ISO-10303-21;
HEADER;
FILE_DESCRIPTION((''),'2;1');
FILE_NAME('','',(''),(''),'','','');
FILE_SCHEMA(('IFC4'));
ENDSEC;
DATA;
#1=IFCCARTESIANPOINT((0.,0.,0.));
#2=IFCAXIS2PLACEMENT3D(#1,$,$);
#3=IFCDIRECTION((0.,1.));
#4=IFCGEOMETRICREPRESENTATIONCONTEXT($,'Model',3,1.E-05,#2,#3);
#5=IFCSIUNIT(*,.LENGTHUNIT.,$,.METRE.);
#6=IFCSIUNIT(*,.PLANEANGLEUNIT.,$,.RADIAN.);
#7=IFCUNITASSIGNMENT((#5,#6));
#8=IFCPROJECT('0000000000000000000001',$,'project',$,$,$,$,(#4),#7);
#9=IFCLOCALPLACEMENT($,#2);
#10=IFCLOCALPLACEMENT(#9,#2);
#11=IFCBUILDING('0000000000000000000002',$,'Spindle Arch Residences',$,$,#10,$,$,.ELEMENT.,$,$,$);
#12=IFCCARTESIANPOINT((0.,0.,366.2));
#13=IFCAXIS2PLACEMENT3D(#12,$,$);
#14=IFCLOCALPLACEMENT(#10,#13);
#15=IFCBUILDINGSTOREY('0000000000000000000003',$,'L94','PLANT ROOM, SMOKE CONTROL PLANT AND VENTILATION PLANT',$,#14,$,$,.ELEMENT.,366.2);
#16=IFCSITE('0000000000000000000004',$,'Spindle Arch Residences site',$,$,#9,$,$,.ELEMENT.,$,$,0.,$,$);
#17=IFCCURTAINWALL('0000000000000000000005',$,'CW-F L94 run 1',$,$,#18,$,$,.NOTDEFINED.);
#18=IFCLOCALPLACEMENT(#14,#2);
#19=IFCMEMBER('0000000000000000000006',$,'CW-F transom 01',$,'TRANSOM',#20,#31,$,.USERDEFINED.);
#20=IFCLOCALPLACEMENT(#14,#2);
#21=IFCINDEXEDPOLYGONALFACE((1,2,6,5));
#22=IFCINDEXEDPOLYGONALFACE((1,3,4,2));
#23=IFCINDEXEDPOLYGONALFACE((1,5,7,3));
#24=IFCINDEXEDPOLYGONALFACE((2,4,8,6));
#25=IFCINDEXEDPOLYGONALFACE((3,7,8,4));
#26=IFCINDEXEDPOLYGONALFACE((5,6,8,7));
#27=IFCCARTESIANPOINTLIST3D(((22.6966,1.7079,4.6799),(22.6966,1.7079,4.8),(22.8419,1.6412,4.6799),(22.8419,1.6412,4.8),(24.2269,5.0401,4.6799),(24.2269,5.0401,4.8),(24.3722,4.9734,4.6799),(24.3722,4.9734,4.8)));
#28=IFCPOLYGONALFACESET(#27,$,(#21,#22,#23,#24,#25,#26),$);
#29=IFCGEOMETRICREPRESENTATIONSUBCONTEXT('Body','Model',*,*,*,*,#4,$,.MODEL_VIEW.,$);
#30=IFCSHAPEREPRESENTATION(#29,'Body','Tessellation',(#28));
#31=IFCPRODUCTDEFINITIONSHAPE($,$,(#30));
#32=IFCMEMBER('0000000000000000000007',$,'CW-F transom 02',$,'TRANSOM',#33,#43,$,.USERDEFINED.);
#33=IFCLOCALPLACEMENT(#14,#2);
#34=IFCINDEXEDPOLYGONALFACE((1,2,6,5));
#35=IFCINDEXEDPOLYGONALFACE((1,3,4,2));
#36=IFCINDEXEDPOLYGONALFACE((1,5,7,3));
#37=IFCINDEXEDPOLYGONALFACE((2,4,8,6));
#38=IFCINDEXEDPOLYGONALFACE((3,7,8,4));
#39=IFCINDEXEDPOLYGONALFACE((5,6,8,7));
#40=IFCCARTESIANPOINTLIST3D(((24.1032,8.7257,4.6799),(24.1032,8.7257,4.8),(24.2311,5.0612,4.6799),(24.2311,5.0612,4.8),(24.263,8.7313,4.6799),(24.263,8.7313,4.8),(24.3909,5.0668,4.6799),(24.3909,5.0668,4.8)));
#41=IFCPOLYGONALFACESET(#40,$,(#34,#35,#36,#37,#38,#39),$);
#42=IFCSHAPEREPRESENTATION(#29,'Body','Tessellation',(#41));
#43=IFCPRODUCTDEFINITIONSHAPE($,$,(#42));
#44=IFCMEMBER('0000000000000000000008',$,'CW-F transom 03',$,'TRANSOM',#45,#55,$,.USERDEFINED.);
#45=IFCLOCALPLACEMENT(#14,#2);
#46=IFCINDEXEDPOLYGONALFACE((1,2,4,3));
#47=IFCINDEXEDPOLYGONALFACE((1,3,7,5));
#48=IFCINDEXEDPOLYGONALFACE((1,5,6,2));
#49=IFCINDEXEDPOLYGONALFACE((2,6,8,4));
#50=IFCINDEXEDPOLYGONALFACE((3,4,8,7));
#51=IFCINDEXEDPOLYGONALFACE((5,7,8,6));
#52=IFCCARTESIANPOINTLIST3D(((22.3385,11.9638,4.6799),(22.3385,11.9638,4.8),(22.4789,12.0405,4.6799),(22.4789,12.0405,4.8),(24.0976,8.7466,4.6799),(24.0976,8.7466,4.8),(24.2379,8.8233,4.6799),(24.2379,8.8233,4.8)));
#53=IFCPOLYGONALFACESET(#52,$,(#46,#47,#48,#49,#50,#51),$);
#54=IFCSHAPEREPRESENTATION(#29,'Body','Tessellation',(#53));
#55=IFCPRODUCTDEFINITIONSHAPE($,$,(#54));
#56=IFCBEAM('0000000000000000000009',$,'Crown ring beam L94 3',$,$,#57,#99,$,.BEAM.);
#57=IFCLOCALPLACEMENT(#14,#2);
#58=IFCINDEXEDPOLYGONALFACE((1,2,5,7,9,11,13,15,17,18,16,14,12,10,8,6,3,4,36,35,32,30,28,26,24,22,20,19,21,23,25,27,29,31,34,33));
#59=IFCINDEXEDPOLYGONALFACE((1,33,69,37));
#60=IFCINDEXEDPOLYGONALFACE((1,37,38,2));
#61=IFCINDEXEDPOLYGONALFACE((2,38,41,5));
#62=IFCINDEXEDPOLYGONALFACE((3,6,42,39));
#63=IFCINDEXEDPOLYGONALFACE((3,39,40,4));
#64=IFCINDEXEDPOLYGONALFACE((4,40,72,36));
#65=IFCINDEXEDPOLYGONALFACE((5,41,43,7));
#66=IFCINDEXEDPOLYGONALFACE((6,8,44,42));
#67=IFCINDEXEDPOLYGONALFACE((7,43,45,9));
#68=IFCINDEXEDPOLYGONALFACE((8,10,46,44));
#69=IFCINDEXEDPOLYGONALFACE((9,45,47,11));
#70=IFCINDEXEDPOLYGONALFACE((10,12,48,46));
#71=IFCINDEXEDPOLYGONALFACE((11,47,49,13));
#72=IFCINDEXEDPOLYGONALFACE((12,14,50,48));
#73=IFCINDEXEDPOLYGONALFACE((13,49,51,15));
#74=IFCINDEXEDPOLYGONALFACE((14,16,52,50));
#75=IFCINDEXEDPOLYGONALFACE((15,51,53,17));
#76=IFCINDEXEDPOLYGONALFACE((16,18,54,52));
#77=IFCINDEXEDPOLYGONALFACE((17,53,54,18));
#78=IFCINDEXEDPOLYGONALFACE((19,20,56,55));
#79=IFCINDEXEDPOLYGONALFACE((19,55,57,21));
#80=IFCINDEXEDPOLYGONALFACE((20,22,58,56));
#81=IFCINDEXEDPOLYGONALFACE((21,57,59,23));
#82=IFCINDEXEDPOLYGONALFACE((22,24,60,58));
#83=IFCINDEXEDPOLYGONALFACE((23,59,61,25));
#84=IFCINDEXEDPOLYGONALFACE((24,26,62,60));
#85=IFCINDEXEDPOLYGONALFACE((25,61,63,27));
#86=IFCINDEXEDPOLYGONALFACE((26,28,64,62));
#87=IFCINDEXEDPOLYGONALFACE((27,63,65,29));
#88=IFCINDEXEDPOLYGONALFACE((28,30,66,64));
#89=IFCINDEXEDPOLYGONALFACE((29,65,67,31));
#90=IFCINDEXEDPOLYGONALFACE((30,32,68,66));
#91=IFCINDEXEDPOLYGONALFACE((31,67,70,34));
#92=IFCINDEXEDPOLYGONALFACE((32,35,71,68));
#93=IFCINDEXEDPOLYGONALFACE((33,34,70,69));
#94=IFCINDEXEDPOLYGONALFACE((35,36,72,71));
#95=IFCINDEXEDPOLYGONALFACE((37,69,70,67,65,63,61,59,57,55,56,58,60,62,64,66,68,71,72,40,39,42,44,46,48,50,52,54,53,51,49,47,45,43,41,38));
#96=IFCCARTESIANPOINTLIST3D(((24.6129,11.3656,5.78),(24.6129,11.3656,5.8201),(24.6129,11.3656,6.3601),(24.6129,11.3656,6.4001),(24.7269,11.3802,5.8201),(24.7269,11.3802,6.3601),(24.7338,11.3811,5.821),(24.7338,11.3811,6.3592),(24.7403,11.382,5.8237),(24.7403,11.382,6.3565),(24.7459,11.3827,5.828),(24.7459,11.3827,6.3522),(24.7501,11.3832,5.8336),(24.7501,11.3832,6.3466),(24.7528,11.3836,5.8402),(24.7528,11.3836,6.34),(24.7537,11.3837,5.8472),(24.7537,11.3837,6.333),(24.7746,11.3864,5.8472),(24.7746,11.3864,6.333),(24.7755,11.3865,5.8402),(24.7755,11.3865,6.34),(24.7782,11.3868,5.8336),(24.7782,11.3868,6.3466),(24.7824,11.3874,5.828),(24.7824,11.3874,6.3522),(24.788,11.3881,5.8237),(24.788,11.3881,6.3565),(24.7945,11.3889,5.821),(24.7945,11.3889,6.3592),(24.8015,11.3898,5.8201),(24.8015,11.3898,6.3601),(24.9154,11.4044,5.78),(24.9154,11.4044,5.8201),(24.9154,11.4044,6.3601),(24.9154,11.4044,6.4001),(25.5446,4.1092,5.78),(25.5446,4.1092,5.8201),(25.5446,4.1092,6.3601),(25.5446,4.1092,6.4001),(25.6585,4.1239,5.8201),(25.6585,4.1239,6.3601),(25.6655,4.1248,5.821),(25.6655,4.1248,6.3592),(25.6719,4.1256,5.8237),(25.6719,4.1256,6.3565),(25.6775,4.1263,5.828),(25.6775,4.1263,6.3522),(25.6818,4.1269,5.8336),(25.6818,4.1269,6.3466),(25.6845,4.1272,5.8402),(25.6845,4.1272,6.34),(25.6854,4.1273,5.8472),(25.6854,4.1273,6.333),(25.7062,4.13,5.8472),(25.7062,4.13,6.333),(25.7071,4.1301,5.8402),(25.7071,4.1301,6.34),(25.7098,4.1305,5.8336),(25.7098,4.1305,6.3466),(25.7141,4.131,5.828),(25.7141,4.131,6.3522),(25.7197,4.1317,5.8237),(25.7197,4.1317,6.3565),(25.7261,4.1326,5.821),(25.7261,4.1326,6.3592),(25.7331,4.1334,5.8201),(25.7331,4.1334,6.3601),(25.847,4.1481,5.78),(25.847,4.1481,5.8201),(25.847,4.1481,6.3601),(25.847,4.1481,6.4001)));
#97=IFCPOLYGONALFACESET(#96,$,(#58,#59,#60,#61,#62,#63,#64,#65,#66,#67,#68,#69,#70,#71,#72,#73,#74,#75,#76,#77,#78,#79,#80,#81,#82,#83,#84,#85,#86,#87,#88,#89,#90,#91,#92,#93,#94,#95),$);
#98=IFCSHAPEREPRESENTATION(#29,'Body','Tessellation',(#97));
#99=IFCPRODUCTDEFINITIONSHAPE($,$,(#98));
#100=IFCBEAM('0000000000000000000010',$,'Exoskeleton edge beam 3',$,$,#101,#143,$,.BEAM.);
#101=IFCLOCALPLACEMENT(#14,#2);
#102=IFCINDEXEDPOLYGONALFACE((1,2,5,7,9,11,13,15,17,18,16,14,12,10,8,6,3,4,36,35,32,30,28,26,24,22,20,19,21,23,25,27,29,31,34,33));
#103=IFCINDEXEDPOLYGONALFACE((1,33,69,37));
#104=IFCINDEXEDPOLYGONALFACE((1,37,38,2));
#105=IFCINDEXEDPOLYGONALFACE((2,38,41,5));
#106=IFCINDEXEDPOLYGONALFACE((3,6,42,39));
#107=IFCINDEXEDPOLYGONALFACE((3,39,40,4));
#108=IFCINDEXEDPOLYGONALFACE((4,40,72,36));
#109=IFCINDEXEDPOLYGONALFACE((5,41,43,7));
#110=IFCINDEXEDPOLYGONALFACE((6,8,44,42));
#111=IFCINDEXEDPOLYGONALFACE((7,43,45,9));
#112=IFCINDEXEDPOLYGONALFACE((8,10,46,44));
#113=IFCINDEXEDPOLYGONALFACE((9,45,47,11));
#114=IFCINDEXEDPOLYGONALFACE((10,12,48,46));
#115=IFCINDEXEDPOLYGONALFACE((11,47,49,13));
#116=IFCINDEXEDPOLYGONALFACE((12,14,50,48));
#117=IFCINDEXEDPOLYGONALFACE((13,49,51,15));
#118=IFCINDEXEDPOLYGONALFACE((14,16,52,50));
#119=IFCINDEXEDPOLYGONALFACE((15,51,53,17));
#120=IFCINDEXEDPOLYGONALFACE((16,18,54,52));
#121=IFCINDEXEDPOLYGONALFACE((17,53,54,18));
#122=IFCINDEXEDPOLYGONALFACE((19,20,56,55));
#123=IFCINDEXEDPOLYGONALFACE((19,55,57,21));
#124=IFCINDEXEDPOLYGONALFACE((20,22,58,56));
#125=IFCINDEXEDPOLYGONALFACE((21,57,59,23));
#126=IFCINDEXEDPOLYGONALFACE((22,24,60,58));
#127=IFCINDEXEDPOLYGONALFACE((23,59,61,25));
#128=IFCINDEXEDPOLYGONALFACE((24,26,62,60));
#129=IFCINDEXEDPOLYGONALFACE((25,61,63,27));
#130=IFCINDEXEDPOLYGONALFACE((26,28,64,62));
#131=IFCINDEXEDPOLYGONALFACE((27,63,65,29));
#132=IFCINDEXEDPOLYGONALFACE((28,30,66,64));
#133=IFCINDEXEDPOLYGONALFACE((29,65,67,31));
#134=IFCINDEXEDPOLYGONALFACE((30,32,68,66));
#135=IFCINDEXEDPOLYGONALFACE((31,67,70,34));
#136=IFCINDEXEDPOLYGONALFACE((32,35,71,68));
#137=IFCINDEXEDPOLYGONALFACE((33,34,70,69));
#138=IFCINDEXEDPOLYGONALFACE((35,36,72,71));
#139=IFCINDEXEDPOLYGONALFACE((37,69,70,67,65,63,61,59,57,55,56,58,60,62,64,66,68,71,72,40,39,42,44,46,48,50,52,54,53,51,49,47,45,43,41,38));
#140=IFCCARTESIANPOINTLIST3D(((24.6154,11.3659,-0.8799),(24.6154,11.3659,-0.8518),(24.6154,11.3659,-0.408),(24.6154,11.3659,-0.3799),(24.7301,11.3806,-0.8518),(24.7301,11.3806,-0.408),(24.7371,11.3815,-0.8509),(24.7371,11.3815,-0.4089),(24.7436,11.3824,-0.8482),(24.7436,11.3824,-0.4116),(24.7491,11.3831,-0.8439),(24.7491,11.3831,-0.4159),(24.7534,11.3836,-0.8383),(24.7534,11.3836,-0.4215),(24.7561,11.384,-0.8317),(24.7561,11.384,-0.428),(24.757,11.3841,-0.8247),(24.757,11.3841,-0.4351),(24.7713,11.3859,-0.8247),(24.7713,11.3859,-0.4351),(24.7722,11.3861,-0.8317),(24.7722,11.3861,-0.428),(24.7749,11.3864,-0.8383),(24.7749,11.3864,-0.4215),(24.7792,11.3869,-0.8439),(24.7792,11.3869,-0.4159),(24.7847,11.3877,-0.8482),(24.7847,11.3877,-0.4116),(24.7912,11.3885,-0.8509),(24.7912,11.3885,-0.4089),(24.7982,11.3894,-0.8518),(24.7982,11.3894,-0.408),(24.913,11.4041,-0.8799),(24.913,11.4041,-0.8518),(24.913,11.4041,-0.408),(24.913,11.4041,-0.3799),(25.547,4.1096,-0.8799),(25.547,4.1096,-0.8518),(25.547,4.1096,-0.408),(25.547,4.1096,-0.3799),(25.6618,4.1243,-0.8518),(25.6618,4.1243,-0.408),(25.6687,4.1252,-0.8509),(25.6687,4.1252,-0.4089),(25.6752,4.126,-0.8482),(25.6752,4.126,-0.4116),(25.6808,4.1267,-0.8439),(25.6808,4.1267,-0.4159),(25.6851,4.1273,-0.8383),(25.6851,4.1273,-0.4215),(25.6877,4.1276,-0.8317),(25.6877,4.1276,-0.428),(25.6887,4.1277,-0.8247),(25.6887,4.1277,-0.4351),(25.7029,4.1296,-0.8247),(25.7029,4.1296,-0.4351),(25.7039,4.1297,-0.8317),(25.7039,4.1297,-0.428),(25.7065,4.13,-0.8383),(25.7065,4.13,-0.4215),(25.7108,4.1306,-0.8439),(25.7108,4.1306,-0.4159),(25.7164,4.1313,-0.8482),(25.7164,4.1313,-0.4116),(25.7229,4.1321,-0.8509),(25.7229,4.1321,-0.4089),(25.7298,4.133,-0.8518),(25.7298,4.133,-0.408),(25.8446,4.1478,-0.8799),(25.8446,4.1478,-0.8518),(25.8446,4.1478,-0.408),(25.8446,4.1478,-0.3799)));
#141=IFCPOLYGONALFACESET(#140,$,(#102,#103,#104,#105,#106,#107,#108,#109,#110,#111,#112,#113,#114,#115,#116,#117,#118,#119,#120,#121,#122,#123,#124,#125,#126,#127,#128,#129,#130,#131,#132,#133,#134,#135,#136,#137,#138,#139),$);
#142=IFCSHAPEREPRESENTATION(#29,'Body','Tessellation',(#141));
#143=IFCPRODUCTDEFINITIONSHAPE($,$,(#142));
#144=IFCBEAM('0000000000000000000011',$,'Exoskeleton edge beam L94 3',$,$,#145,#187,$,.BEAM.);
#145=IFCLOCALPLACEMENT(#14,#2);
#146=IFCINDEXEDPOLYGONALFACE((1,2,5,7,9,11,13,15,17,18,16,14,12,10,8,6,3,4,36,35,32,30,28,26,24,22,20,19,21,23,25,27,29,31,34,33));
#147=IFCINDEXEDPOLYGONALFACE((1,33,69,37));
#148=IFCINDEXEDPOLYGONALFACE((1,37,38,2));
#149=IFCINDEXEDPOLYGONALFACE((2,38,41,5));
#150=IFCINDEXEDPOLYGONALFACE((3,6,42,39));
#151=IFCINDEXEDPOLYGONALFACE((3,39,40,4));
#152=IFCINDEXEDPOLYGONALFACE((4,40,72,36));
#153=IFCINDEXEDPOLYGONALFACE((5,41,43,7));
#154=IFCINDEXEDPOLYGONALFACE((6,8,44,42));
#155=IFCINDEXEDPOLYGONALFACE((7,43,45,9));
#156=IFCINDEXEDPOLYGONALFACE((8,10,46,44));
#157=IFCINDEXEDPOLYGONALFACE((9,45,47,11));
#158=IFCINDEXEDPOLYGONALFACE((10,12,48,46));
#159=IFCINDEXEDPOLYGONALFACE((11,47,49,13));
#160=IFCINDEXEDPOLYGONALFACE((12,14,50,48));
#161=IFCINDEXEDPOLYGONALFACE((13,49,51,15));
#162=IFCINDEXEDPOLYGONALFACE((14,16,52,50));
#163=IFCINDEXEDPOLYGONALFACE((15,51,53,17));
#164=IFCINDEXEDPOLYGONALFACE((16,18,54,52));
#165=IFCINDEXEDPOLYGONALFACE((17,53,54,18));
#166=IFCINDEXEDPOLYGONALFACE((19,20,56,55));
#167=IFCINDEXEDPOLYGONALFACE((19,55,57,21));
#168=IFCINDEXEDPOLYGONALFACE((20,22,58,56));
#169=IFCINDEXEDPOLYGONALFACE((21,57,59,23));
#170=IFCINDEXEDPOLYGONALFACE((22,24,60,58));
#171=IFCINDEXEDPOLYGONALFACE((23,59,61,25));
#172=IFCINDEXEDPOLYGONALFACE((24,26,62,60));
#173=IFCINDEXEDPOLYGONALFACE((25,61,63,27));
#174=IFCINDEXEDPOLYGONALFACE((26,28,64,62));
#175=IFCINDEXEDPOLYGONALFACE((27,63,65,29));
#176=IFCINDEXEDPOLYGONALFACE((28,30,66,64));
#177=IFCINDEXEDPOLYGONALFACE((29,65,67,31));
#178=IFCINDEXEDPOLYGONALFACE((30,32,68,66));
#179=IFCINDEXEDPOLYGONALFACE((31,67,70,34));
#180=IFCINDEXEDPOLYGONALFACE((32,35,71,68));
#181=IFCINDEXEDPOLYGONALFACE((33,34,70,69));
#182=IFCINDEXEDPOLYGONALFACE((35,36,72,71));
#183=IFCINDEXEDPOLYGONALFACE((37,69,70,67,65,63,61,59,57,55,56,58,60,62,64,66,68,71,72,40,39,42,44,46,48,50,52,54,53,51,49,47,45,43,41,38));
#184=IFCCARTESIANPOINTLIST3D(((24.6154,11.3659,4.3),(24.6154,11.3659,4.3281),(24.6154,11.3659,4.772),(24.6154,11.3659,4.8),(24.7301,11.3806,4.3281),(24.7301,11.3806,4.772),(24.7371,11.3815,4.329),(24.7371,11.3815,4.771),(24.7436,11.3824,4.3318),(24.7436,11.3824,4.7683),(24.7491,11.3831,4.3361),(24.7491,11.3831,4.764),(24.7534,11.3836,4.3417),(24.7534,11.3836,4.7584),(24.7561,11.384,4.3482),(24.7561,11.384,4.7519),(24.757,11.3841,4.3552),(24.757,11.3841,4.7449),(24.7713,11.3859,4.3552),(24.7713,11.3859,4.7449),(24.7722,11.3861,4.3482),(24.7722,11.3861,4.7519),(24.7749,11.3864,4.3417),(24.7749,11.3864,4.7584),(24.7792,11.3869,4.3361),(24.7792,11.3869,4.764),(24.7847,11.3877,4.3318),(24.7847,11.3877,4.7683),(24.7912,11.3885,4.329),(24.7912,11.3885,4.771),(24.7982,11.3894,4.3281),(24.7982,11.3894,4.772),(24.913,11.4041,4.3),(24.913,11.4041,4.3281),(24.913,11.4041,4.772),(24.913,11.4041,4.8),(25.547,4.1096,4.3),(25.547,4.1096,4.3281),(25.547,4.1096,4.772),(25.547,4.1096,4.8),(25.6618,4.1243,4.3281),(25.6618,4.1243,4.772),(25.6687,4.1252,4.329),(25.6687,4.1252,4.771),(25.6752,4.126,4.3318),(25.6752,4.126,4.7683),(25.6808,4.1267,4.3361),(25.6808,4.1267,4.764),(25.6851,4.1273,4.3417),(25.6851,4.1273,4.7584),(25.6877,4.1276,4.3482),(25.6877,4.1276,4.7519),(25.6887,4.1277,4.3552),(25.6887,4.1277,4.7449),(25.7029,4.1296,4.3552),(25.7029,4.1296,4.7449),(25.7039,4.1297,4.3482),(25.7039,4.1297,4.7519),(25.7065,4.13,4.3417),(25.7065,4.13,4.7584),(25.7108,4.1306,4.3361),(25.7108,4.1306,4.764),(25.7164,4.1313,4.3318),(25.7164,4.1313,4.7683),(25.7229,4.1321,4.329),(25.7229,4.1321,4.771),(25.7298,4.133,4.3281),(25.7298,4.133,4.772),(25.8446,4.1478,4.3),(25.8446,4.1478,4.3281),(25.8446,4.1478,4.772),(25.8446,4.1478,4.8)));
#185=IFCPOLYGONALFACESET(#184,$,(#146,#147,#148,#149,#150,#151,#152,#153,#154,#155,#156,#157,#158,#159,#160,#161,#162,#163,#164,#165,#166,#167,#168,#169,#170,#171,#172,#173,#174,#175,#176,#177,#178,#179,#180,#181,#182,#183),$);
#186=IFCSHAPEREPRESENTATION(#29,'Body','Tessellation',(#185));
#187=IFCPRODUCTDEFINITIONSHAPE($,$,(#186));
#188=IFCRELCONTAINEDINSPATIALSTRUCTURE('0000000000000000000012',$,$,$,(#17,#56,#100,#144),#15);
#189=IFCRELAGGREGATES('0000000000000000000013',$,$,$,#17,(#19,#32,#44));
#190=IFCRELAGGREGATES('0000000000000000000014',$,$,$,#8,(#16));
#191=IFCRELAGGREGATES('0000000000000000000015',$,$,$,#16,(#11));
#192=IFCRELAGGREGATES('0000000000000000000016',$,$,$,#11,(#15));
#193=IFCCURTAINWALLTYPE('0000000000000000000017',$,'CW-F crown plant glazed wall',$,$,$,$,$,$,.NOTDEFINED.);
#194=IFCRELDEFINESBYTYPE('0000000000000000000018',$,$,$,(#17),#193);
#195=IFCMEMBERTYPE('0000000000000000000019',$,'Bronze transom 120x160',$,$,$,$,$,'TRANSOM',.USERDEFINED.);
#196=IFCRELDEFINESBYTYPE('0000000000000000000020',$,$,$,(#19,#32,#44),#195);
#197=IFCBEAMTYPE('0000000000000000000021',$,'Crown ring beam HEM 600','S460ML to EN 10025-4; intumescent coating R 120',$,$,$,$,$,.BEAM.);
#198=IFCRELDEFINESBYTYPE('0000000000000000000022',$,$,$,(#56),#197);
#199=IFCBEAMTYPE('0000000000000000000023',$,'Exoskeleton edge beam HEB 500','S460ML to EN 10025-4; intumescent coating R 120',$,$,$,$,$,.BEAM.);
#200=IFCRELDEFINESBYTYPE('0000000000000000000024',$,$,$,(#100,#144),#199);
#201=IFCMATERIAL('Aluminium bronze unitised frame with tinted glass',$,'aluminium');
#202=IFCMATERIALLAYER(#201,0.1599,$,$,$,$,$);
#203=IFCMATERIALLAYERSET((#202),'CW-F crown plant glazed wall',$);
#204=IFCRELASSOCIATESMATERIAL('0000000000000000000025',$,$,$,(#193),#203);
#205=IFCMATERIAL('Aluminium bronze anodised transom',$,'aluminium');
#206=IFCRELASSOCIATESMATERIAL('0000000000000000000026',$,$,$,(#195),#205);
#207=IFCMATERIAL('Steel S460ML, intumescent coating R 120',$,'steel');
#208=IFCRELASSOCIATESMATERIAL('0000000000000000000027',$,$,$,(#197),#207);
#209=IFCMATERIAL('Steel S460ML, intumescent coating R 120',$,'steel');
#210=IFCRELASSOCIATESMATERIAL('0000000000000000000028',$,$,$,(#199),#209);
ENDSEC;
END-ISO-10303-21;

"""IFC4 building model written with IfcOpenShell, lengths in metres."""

from ifc_helpers import new_model, si_unit, direction, frame, origin, origin_2d, place, context, subcontext, project, spatial, rectangle, i_section, extrude, material, layer, layer_set, material_profile, profile_set, type_object, element, aggregate, save


model = new_model("IFC4")

# Units and contexts
model_context = context("Model", 3, precision=1e-05, world=origin(), true_north=direction((0.0, 1.0)))
body_context = subcontext(model_context, "Body", "Model", "MODEL_VIEW")
ifc_project = project(units=[si_unit("LENGTHUNIT", "METRE"), si_unit("PLANEANGLEUNIT", "RADIAN")], contexts=[model_context])

# Site, building, storey
site_placement = place(None, origin())
site = spatial("IfcSite", under=ifc_project, at=site_placement, Name="Spindle Arch Residences site", CompositionType="ELEMENT", RefElevation=0.0)
building_placement = place(site_placement, origin())
building = spatial("IfcBuilding", under=site, at=building_placement, Name="Spindle Arch Residences", CompositionType="ELEMENT")
storey_placement = place(building_placement, frame((0.0, 0.0, 366.2)))
storey = spatial("IfcBuildingStorey", under=building, at=storey_placement, Name="L94", Description="PLANT ROOM, SMOKE CONTROL PLANT AND VENTILATION PLANT", CompositionType="ELEMENT", Elevation=366.2)

# Curtain wall, members
ifc_material_1 = material(Name="Aluminium bronze unitised frame with tinted glass", Category="aluminium")
ifc_layer_1 = layer(ifc_material_1, 0.1599)
ifc_layer_set_1 = layer_set([ifc_layer_1], Name="CW-F crown plant glazed wall")
curtain_wall_type = type_object("IfcCurtainWallType", Name="CW-F crown plant glazed wall", PredefinedType="NOTDEFINED", material=ifc_layer_set_1)
curtain_wall_placement = place(storey_placement, origin())
curtain_wall = element("IfcCurtainWall", 1, at=curtain_wall_placement, inside=storey, type_object=curtain_wall_type, Name="CW-F L94 run 1", PredefinedType="NOTDEFINED")
ifc_material_2 = material(Name="Aluminium bronze anodised transom", Category="aluminium")
ifc_material_profile_1 = material_profile(ifc_material_2, rectangle(XDim=0.1599, YDim=0.1201, at=origin_2d()), Name="TR 120x160")
ifc_profile_set_1 = profile_set([ifc_material_profile_1], Name="Aluminium bronze anodised transom")
member_type_1 = type_object("IfcMemberType", Name="Bronze transom 120x160", ElementType="TRANSOM", PredefinedType="USERDEFINED", material=ifc_profile_set_1)
member_1_placement = place(storey_placement, frame((22.7693, 1.6746, 4.74), z_axis=(0.417326, 0.908757, 0.0), x_axis=(-0.908757, 0.417326, 0.0)))
member_1 = element("IfcMember", 2, at=member_1_placement, type_object=member_type_1, Name="CW-F transom 01", ObjectType="TRANSOM", PredefinedType="USERDEFINED", context=body_context, shape_type="SweptSolid", body=[
    extrude(rectangle(XDim=0.1599, YDim=0.1201, at=origin_2d()), origin(), (0.0, 0.0, 1.0), 3.6667),
])
member_2_placement = place(storey_placement, frame((24.311, 5.064, 4.74), z_axis=(-0.034889, 0.999391, 0.0), x_axis=(-0.999391, -0.034889, 0.0)))
member_2 = element("IfcMember", 3, at=member_2_placement, type_object=member_type_1, Name="CW-F transom 02", ObjectType="TRANSOM", PredefinedType="USERDEFINED", context=body_context, shape_type="SweptSolid", body=[
    extrude(rectangle(XDim=0.1599, YDim=0.1201, at=origin_2d()), origin(), (0.0, 0.0, 1.0), 3.6667),
])
member_3_placement = place(storey_placement, frame((24.1677, 8.7849, 4.74), z_axis=(-0.479724, 0.877419, 0.0), x_axis=(-0.877419, -0.479724, 0.0)))
member_3 = element("IfcMember", 4, at=member_3_placement, type_object=member_type_1, Name="CW-F transom 03", ObjectType="TRANSOM", PredefinedType="USERDEFINED", context=body_context, shape_type="SweptSolid", body=[
    extrude(rectangle(XDim=0.1599, YDim=0.1201, at=origin_2d()), origin(), (0.0, 0.0, 1.0), 3.6667),
])

# Beams
ifc_material_3 = material(Name="Steel S460ML, intumescent coating R 120", Category="steel")
ifc_material_profile_2 = material_profile(ifc_material_3, i_section(OverallWidth=0.3049, OverallDepth=0.6201, WebThickness=0.021, FlangeThickness=0.04, FilletRadius=0.0271, at=origin_2d()), Name="HEM 600")
ifc_profile_set_2 = profile_set([ifc_material_profile_2], Name="Steel S460ML, intumescent coating R 120")
beam_type_1 = type_object("IfcBeamType", Name="Crown ring beam HEM 600", Description="S460ML to EN 10025-4; intumescent coating R 120", PredefinedType="BEAM", material=ifc_profile_set_2)
beam_1_placement = place(storey_placement, frame((25.6958, 4.1287, 6.0901), z_axis=(-0.127344, 0.991859, 0.0), x_axis=(-0.991859, -0.127344, 0.0)))
element("IfcBeam", 5, at=beam_1_placement, inside=storey, type_object=beam_type_1, Name="Crown ring beam L94 3", PredefinedType="BEAM", context=body_context, shape_type="SweptSolid", body=[
    extrude(i_section(OverallWidth=0.3049, OverallDepth=0.6201, WebThickness=0.021, FlangeThickness=0.04, FilletRadius=0.0271, at=origin_2d()), origin(), (0.0, 0.0, 1.0), 7.3159),
])
ifc_material_4 = material(Name="Steel S460ML, intumescent coating R 120", Category="steel")
ifc_material_profile_3 = material_profile(ifc_material_4, i_section(OverallWidth=0.3, OverallDepth=0.5, WebThickness=0.0144, FlangeThickness=0.0281, FilletRadius=0.0271, at=origin_2d()), Name="HEB 500")
ifc_profile_set_3 = profile_set([ifc_material_profile_3], Name="Steel S460ML, intumescent coating R 120")
beam_type_2 = type_object("IfcBeamType", Name="Exoskeleton edge beam HEB 500", Description="S460ML to EN 10025-4; intumescent coating R 120", PredefinedType="BEAM", material=ifc_profile_set_3)
for number, where, z_axis, x_axis, name in (
    (6, (25.6958, 4.1287, -0.6299), (-0.127344, 0.991859, 0.0), (-0.991859, -0.127344, 0.0), "Exoskeleton edge beam 3"),
    (7, (25.6958, 4.1287, 4.55), (-0.127344, 0.991859, 0.0), (-0.991859, -0.127344, 0.0), "Exoskeleton edge beam L94 3"),
):
    element("IfcBeam", number, at=place(storey_placement, frame(where, z_axis=z_axis, x_axis=x_axis)), inside=storey, type_object=beam_type_2, Name=name, PredefinedType="BEAM", context=body_context, shape_type="SweptSolid", body=[
        extrude(i_section(OverallWidth=0.3, OverallDepth=0.5, WebThickness=0.0144, FlangeThickness=0.0281, FilletRadius=0.0271, at=origin_2d()), origin(), (0.0, 0.0, 1.0), 7.3159),
    ])

aggregate(curtain_wall, [member_1, member_2, member_3])

save(model, "model.ifc")
